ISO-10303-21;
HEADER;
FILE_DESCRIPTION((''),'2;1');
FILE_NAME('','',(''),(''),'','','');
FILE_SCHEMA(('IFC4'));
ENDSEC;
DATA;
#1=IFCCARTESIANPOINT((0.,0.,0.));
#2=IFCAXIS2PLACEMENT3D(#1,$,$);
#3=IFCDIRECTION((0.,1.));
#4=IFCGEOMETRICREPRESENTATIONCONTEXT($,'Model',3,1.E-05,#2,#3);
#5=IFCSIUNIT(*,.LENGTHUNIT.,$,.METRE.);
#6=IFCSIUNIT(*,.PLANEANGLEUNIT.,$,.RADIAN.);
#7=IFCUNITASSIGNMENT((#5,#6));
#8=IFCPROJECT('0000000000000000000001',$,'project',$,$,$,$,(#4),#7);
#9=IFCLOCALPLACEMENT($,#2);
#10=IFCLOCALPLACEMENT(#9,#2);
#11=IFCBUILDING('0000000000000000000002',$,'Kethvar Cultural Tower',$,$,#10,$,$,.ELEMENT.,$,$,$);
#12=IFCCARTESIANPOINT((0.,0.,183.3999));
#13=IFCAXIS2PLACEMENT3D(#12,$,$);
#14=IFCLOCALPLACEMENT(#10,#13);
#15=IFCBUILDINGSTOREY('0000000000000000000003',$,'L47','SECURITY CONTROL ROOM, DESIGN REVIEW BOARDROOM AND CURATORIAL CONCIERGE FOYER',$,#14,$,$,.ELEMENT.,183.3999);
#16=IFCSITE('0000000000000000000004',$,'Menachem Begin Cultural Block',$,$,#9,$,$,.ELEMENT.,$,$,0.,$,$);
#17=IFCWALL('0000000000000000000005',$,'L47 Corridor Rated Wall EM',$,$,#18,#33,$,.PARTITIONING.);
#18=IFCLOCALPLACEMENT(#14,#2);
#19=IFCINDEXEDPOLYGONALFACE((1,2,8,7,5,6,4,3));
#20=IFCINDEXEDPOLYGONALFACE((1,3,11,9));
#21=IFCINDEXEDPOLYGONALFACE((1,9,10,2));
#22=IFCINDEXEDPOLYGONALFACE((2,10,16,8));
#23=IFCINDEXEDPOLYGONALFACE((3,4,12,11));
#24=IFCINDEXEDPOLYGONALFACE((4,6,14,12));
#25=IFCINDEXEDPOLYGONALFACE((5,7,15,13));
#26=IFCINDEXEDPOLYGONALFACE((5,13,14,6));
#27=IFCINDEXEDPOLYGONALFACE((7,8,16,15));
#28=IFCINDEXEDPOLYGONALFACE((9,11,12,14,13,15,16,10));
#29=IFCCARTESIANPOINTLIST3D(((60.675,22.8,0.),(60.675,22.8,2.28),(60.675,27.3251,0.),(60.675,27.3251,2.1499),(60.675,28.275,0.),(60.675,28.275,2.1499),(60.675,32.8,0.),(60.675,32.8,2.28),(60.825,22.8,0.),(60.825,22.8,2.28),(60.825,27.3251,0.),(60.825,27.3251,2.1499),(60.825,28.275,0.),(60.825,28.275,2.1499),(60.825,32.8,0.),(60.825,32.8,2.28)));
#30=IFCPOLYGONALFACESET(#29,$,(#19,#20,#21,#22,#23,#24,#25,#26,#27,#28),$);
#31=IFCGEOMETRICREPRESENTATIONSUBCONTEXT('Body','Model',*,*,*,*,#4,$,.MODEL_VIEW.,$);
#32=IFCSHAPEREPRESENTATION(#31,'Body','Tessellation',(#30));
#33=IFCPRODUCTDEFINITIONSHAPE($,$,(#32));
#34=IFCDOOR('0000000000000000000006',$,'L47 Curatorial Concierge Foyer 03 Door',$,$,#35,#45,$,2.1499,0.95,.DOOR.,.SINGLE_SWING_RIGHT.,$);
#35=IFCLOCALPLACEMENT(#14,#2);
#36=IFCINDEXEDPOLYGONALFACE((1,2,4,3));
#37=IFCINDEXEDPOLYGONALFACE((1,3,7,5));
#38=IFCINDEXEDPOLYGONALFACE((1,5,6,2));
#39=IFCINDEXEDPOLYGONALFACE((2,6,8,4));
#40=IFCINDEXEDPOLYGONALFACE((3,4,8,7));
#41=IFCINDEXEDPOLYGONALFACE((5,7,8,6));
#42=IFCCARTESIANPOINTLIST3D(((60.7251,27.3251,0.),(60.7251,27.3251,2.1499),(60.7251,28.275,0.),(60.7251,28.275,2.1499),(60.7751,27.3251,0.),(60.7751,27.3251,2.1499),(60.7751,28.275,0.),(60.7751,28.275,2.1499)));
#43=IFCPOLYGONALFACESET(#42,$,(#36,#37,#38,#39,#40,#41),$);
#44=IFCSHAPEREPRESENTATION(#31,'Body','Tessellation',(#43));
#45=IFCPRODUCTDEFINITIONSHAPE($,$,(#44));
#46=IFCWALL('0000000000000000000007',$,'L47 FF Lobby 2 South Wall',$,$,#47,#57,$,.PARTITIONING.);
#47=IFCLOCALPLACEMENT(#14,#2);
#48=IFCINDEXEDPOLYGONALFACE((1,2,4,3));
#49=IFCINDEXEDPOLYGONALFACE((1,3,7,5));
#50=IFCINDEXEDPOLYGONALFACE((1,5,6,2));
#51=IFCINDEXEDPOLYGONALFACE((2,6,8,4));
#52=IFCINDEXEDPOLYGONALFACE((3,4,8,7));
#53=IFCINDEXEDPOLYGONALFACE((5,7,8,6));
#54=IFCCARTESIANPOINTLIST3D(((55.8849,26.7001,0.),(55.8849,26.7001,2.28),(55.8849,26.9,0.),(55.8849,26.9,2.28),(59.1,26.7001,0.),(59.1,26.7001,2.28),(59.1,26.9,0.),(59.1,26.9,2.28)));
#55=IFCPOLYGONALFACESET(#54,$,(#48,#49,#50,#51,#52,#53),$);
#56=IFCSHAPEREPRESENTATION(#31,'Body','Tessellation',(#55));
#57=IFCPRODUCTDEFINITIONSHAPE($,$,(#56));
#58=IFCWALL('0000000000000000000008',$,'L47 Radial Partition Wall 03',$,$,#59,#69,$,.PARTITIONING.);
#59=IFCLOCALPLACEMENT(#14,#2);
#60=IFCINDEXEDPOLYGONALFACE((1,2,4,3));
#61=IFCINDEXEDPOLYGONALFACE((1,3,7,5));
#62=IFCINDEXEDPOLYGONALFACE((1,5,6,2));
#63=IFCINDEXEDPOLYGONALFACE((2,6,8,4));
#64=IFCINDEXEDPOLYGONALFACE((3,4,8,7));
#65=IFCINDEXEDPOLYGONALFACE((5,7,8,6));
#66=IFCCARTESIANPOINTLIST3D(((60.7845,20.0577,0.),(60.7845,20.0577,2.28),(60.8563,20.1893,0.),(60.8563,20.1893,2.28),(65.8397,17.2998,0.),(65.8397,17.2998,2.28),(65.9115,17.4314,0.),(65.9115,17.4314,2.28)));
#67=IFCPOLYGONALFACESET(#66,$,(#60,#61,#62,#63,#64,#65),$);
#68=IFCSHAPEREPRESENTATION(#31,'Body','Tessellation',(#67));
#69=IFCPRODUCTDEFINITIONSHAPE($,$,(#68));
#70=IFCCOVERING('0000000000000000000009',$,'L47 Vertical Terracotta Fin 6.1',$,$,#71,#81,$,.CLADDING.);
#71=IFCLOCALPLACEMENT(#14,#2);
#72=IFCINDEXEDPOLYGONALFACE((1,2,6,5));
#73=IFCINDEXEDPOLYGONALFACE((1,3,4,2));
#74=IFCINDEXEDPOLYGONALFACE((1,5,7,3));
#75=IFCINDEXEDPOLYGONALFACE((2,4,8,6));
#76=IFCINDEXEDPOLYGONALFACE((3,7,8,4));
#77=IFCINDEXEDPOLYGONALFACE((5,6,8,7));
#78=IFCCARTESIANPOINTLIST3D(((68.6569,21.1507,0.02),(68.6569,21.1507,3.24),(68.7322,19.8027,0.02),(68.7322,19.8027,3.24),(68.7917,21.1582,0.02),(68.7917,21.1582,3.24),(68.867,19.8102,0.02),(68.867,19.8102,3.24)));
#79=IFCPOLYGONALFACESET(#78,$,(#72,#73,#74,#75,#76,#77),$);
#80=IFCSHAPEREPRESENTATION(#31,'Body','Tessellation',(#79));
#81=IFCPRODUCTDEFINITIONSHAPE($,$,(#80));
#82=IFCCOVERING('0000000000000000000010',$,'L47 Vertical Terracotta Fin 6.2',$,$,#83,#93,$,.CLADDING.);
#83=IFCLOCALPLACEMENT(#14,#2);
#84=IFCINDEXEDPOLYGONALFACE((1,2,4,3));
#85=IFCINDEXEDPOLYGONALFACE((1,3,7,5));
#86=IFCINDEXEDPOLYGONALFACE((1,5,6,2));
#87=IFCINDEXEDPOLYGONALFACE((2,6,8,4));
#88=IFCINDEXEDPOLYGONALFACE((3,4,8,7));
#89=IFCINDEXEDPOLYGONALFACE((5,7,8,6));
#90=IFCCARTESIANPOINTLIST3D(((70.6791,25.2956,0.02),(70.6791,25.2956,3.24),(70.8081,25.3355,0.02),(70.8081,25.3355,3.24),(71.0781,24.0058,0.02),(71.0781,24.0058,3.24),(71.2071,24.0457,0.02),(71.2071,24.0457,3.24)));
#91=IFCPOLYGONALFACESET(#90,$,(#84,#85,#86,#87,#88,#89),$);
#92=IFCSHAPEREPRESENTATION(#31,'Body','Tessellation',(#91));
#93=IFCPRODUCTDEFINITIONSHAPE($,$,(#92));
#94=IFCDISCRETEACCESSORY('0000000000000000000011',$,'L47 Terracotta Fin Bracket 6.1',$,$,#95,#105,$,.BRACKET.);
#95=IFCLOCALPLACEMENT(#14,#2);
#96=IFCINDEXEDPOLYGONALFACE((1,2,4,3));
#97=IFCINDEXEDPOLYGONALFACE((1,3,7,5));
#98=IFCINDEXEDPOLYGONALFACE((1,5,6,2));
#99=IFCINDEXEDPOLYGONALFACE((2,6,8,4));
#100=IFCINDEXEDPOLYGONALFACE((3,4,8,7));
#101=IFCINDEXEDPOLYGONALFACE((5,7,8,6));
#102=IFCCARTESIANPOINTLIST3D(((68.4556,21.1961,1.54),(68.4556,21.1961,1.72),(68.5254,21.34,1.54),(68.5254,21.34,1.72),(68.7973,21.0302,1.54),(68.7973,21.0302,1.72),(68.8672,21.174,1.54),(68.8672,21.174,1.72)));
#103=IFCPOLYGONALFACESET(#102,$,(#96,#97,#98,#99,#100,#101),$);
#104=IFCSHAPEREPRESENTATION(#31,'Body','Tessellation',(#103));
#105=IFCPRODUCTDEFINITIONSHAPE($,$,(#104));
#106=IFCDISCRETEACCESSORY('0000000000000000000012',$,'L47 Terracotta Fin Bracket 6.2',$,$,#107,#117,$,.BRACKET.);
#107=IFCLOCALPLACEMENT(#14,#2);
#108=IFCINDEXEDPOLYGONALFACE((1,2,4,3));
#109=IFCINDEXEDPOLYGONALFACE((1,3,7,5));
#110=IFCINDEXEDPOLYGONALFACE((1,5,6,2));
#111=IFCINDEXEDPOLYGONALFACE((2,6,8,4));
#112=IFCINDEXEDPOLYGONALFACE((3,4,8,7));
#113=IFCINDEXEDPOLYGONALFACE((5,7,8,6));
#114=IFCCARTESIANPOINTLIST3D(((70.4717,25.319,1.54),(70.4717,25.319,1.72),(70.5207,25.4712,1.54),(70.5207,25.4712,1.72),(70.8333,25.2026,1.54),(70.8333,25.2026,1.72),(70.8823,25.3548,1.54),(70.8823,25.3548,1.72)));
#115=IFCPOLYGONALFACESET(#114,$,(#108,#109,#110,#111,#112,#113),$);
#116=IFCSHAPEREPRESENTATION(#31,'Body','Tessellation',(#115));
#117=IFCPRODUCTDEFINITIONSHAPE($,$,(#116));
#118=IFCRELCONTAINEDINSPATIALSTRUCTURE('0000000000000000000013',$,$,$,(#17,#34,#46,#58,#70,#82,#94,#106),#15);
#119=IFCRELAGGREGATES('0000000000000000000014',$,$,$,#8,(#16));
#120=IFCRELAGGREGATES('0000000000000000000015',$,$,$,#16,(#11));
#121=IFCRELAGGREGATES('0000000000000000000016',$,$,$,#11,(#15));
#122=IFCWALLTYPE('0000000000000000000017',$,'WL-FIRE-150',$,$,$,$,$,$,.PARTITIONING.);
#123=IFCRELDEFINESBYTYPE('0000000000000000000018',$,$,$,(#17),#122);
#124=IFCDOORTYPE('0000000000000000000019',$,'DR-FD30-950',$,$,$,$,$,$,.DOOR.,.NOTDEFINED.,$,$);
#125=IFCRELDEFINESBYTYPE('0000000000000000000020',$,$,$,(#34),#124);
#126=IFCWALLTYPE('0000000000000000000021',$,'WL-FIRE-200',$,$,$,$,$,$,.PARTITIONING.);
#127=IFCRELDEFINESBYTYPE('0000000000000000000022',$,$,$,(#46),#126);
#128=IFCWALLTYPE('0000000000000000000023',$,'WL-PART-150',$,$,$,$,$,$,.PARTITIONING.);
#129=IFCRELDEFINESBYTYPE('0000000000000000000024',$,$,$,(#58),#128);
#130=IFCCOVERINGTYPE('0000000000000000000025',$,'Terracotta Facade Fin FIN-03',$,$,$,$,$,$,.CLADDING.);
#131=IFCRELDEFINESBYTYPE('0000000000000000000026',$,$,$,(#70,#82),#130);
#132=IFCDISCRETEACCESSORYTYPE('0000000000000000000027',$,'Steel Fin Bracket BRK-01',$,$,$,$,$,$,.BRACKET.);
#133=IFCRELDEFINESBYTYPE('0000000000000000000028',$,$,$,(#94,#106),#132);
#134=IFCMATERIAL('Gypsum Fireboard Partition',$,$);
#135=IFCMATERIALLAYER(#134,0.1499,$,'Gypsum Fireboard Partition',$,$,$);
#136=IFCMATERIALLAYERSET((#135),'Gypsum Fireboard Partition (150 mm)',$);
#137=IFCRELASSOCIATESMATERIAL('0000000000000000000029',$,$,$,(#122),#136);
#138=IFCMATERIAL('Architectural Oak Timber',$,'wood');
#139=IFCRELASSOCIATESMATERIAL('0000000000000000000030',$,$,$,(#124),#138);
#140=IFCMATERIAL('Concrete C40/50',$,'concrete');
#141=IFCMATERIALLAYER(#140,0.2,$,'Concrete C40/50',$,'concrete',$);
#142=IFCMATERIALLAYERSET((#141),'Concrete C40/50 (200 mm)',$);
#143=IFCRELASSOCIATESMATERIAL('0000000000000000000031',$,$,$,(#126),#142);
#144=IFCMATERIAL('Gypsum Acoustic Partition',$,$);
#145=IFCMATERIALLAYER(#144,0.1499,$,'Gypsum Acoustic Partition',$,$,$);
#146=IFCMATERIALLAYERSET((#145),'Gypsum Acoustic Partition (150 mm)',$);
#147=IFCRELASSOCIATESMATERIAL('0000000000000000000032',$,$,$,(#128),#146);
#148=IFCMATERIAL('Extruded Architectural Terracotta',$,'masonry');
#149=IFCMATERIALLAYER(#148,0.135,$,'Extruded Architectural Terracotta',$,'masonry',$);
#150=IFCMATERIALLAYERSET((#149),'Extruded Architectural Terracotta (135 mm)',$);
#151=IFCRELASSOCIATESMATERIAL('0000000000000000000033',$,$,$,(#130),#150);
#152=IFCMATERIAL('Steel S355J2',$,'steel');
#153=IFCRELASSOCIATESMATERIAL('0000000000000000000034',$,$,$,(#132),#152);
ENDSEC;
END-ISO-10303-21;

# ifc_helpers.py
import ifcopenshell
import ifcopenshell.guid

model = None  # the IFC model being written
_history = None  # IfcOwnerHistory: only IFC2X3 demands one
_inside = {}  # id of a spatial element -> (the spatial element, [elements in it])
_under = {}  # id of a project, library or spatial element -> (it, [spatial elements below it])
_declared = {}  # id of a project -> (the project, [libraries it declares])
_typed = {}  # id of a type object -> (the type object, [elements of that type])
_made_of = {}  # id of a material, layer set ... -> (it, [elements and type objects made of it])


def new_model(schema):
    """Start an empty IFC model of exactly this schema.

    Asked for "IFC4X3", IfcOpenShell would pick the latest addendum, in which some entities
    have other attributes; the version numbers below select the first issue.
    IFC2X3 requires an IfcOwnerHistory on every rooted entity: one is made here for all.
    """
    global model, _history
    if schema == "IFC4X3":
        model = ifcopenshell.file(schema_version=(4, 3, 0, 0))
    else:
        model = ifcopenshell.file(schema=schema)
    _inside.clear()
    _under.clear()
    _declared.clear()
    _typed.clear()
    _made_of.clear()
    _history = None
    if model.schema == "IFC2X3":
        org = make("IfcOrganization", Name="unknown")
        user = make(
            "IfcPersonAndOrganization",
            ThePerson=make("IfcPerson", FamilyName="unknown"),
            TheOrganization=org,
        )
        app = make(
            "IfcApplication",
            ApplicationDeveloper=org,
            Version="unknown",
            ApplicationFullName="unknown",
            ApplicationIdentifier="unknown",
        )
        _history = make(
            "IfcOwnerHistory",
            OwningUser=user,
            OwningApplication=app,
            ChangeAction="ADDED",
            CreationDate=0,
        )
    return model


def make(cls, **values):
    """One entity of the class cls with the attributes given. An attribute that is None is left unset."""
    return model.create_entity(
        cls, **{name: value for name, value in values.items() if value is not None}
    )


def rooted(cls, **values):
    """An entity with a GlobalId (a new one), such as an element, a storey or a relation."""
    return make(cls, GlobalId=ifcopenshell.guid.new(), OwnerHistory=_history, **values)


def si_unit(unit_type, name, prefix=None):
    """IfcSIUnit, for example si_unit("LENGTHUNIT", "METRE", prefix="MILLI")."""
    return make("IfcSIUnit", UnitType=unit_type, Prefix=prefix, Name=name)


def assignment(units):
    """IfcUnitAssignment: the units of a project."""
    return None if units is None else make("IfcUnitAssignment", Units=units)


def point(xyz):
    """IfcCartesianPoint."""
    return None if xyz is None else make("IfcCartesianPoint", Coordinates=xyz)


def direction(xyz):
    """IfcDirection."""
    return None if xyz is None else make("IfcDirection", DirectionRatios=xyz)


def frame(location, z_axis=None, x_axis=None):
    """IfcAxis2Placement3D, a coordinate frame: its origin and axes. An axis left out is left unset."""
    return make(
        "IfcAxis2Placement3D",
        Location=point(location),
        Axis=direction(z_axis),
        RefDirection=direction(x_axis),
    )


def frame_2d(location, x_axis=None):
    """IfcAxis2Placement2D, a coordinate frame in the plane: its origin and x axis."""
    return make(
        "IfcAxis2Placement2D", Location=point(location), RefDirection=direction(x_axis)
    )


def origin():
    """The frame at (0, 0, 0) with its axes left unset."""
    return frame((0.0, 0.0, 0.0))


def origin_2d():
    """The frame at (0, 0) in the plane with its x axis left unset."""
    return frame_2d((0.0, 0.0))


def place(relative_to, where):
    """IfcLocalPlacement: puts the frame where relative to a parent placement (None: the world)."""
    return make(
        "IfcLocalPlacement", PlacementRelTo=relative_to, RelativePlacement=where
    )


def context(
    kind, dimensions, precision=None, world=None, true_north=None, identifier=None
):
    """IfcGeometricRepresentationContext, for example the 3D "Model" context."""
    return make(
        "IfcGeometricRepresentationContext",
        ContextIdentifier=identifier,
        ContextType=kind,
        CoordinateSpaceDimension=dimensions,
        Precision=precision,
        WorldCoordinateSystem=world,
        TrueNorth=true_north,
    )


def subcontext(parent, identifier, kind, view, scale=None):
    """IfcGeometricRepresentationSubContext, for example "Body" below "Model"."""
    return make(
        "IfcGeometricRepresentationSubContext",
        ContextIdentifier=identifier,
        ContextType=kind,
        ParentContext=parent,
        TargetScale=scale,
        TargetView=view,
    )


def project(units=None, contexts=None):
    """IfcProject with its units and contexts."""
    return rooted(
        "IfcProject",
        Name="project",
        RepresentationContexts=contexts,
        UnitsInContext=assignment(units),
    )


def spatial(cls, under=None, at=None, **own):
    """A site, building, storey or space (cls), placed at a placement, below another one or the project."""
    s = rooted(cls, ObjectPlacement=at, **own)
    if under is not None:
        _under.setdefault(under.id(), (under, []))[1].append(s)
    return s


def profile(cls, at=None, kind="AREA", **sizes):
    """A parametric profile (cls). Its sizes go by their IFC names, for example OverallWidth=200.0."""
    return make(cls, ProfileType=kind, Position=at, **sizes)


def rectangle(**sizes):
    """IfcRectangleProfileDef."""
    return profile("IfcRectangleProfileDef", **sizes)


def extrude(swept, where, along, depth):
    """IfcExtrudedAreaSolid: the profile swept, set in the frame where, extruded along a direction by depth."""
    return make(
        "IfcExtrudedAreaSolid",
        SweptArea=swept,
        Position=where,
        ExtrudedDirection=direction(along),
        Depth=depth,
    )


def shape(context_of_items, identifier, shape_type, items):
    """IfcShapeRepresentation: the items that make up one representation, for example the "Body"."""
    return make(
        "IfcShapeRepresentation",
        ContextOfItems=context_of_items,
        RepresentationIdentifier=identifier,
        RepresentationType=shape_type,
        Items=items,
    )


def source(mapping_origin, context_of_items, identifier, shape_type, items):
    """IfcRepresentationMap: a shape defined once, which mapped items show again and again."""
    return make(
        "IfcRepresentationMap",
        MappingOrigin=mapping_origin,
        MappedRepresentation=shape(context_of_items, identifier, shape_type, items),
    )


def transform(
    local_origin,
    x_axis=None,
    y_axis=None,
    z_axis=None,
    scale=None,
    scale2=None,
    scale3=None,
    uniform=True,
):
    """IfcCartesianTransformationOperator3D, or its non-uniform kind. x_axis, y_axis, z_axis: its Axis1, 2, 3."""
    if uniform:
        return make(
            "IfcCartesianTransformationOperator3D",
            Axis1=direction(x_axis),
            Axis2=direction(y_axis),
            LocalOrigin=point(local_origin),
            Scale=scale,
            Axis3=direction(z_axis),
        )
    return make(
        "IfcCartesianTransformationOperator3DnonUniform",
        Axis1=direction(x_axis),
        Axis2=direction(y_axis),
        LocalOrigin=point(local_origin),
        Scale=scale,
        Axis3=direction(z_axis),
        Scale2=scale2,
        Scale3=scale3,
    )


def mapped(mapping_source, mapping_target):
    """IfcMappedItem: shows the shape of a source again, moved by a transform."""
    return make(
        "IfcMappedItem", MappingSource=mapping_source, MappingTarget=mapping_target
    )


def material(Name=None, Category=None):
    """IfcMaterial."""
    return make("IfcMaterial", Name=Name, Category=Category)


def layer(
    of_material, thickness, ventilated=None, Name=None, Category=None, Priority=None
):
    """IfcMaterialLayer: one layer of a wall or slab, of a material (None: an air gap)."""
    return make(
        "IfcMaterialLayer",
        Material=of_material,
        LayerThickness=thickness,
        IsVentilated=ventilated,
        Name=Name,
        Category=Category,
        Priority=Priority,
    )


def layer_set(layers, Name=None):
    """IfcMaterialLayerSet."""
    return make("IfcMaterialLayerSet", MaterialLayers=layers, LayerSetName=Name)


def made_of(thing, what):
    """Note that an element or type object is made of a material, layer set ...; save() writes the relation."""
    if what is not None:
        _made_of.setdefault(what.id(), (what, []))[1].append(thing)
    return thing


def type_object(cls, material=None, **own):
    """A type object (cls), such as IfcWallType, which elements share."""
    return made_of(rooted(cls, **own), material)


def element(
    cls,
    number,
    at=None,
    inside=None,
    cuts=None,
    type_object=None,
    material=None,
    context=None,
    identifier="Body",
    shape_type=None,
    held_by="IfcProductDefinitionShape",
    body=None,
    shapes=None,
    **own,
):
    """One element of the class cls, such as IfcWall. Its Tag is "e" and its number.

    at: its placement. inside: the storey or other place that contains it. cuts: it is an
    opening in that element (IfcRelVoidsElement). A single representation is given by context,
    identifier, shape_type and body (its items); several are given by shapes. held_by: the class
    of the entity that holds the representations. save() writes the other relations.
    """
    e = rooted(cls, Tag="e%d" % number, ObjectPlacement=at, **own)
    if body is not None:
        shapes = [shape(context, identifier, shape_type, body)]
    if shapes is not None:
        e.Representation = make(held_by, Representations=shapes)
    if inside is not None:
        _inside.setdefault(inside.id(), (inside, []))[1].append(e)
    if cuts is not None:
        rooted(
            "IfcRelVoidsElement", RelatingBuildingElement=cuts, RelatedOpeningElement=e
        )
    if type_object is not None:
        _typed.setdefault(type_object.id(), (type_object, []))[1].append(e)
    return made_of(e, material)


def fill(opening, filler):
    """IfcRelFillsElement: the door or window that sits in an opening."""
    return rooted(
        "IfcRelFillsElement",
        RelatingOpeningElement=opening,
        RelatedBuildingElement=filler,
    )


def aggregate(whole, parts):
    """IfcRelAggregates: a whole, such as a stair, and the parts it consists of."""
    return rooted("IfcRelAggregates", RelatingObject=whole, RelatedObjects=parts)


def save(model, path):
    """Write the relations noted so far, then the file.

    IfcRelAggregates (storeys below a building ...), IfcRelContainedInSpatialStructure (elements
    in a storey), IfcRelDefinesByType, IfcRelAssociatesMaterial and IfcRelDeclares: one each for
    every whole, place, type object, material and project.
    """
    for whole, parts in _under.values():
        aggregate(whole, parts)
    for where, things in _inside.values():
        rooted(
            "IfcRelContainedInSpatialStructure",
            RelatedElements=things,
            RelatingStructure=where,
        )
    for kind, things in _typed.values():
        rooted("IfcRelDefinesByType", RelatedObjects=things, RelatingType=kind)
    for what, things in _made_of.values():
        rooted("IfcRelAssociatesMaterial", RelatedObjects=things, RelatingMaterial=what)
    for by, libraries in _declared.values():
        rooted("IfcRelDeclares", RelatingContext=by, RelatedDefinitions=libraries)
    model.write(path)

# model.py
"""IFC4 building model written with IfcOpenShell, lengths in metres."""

from ifc_helpers import new_model, si_unit, direction, frame, frame_2d, origin, origin_2d, place, context, subcontext, project, spatial, rectangle, extrude, source, transform, mapped, material, layer, layer_set, type_object, element, fill, save


model = new_model("IFC4")

# Units and contexts
model_context = context("Model", 3, precision=1e-05, world=origin(), true_north=direction((0.0, 1.0)))
body_context = subcontext(model_context, "Body", "Model", "MODEL_VIEW")
ifc_project = project(units=[si_unit("LENGTHUNIT", "METRE"), si_unit("PLANEANGLEUNIT", "RADIAN")], contexts=[model_context])

# Site, building, storey
site_placement = place(None, origin())
site = spatial("IfcSite", under=ifc_project, at=site_placement, Name="Menachem Begin Cultural Block", CompositionType="ELEMENT", RefElevation=0.0)
building_placement = place(site_placement, origin())
building = spatial("IfcBuilding", under=site, at=building_placement, Name="Kethvar Cultural Tower", CompositionType="ELEMENT")
storey_placement = place(building_placement, frame((0.0, 0.0, 183.3999)))
storey = spatial("IfcBuildingStorey", under=building, at=storey_placement, Name="L47", Description="SECURITY CONTROL ROOM, DESIGN REVIEW BOARDROOM AND CURATORIAL CONCIERGE FOYER", CompositionType="ELEMENT", Elevation=183.3999)

# Shared definitions
ifc_material_1 = material(Name="Steel S355J2", Category="steel")

# Shared definitions
ifc_material_2 = material(Name="Gypsum Fireboard Partition")
ifc_layer_1 = layer(ifc_material_2, 0.1499, Name="Gypsum Fireboard Partition")
ifc_layer_set_1 = layer_set([ifc_layer_1], Name="Gypsum Fireboard Partition (150 mm)")
wall_type_1 = type_object("IfcWallType", Name="WL-FIRE-150", PredefinedType="PARTITIONING", material=ifc_layer_set_1)

# Wall, opening, door
wall_1_placement = place(storey_placement, frame((60.75, 22.8, 0.0), z_axis=(0.0, 0.0, 1.0), x_axis=(0.0, 1.0, 0.0)))
wall_1 = element("IfcWall", 1, at=wall_1_placement, inside=storey, type_object=wall_type_1, Name="L47 Corridor Rated Wall EM", PredefinedType="PARTITIONING", context=body_context, shape_type="SweptSolid", body=[
    extrude(rectangle(XDim=10.0, YDim=0.1499, at=frame_2d((5.0, 0.0))), origin(), (0.0, 0.0, 1.0), 2.28),
])
opening_1_placement = place(wall_1_placement, frame((4.5249, 0.0, 0.0)))
opening_1 = element("IfcOpeningElement", 2, at=opening_1_placement, cuts=wall_1, PredefinedType="OPENING", context=body_context, shape_type="SweptSolid", body=[
    extrude(rectangle(XDim=0.95, YDim=2.1499, at=frame_2d((0.4751, 1.075))), frame((0.0, 0.085, 0.0), z_axis=(0.0, -1.0, 0.0), x_axis=(1.0, 0.0, 0.0)), (0.0, 0.0, 1.0), 0.1699),
])
ifc_material_3 = material(Name="Architectural Oak Timber", Category="wood")
door_type_1 = type_object("IfcDoorType", Name="DR-FD30-950", OperationType="NOTDEFINED", PredefinedType="DOOR", material=ifc_material_3)
shared_shape_1 = source(origin(), body_context, "Body", "SweptSolid", [
    extrude(rectangle(XDim=0.95, YDim=2.1499, at=frame_2d((0.4751, 1.075))), frame((0.0, 0.0249, 0.0), z_axis=(0.0, -1.0, 0.0), x_axis=(1.0, 0.0, 0.0)), (0.0, 0.0, 1.0), 0.05),
])
door_1_placement = place(opening_1_placement, origin())
door_1 = element("IfcDoor", 3, at=door_1_placement, inside=storey, type_object=door_type_1, Name="L47 Curatorial Concierge Foyer 03 Door", OperationType="SINGLE_SWING_RIGHT", OverallHeight=2.1499, OverallWidth=0.95, PredefinedType="DOOR", context=body_context, shape_type="MappedRepresentation", body=[
    mapped(shared_shape_1, transform((0.0, 0.0, 0.0), scale=1.0)),
])
fill(opening_1, door_1)
ifc_material_4 = material(Name="Concrete C40/50", Category="concrete")
ifc_layer_2 = layer(ifc_material_4, 0.2, Name="Concrete C40/50", Category="concrete")
ifc_layer_set_2 = layer_set([ifc_layer_2], Name="Concrete C40/50 (200 mm)")
wall_type_2 = type_object("IfcWallType", Name="WL-FIRE-200", PredefinedType="PARTITIONING", material=ifc_layer_set_2)

# Walls
wall_2_placement = place(storey_placement, frame((55.885, 26.8, 0.0), z_axis=(0.0, 0.0, 1.0), x_axis=(1.0, 0.0, 0.0)))
element("IfcWall", 4, at=wall_2_placement, inside=storey, type_object=wall_type_2, Name="L47 FF Lobby 2 South Wall", PredefinedType="PARTITIONING", context=body_context, shape_type="SweptSolid", body=[
    extrude(rectangle(XDim=3.2151, YDim=0.2, at=frame_2d((1.6074, 0.0))), origin(), (0.0, 0.0, 1.0), 2.28),
])
ifc_material_5 = material(Name="Gypsum Acoustic Partition")
ifc_layer_3 = layer(ifc_material_5, 0.1499, Name="Gypsum Acoustic Partition")
ifc_layer_set_3 = layer_set([ifc_layer_3], Name="Gypsum Acoustic Partition (150 mm)")
wall_type_3 = type_object("IfcWallType", Name="WL-PART-150", PredefinedType="PARTITIONING", material=ifc_layer_set_3)
wall_3_placement = place(storey_placement, frame((60.8203, 20.1235, 0.0), z_axis=(0.0, 0.0, 1.0), x_axis=(0.877863, -0.478912, 0.0)))
element("IfcWall", 5, at=wall_3_placement, inside=storey, type_object=wall_type_3, Name="L47 Radial Partition Wall 03", PredefinedType="PARTITIONING", context=body_context, shape_type="SweptSolid", body=[
    extrude(rectangle(XDim=5.7585, YDim=0.1499, at=frame_2d((2.8794, 0.0))), origin(), (0.0, 0.0, 1.0), 2.28),
])

# Coverings
ifc_material_6 = material(Name="Extruded Architectural Terracotta", Category="masonry")
ifc_layer_4 = layer(ifc_material_6, 0.135, Name="Extruded Architectural Terracotta", Category="masonry")
ifc_layer_set_4 = layer_set([ifc_layer_4], Name="Extruded Architectural Terracotta (135 mm)")
covering_type = type_object("IfcCoveringType", Name="Terracotta Facade Fin FIN-03", PredefinedType="CLADDING", material=ifc_layer_set_4)
shared_shape_2 = source(origin(), body_context, "Body", "SweptSolid", [
    extrude(rectangle(XDim=1.3501, YDim=0.135, at=origin_2d()), origin(), (0.0, 0.0, 1.0), 3.22),
])
for number, where, z_axis, x_axis, name in (
    (6, (68.762, 20.4805, 0.02), (0.0, 0.0, 1.0), (0.055822, -0.998441, 0.0), "L47 Vertical Terracotta Fin 6.1"),
    (7, (70.9431, 24.6707, 0.02), (0.0, 0.0, 1.0), (0.295541, -0.95533, 0.0), "L47 Vertical Terracotta Fin 6.2"),
):
    element("IfcCovering", number, at=place(storey_placement, frame(where, z_axis=z_axis, x_axis=x_axis)), inside=storey, type_object=covering_type, Name=name, PredefinedType="CLADDING", context=body_context, shape_type="MappedRepresentation", body=[
        mapped(shared_shape_2, transform((0.0, 0.0, 0.0), scale=1.0)),
    ])

# Discrete accessories
discrete_accessory_type = type_object("IfcDiscreteAccessoryType", Name="Steel Fin Bracket BRK-01", PredefinedType="BRACKET", material=ifc_material_1)
shared_shape_3 = source(origin(), body_context, "Body", "SweptSolid", [
    extrude(rectangle(XDim=0.3799, YDim=0.1599, at=origin_2d()), origin(), (0.0, 0.0, 1.0), 0.1799),
])
for number, where, z_axis, x_axis, name in (
    (8, (68.6614, 21.1851, 1.54), (0.0, 0.0, 1.0), (0.899558, -0.436802, 0.0), "L47 Terracotta Fin Bracket 6.1"),
    (9, (70.677, 25.3369, 1.54), (0.0, 0.0, 1.0), (0.951916, -0.30636, 0.0), "L47 Terracotta Fin Bracket 6.2"),
):
    element("IfcDiscreteAccessory", number, at=place(storey_placement, frame(where, z_axis=z_axis, x_axis=x_axis)), inside=storey, type_object=discrete_accessory_type, Name=name, PredefinedType="BRACKET", context=body_context, shape_type="MappedRepresentation", body=[
        mapped(shared_shape_3, transform((0.0, 0.0, 0.0), scale=1.0)),
    ])

save(model, "model.ifc")
